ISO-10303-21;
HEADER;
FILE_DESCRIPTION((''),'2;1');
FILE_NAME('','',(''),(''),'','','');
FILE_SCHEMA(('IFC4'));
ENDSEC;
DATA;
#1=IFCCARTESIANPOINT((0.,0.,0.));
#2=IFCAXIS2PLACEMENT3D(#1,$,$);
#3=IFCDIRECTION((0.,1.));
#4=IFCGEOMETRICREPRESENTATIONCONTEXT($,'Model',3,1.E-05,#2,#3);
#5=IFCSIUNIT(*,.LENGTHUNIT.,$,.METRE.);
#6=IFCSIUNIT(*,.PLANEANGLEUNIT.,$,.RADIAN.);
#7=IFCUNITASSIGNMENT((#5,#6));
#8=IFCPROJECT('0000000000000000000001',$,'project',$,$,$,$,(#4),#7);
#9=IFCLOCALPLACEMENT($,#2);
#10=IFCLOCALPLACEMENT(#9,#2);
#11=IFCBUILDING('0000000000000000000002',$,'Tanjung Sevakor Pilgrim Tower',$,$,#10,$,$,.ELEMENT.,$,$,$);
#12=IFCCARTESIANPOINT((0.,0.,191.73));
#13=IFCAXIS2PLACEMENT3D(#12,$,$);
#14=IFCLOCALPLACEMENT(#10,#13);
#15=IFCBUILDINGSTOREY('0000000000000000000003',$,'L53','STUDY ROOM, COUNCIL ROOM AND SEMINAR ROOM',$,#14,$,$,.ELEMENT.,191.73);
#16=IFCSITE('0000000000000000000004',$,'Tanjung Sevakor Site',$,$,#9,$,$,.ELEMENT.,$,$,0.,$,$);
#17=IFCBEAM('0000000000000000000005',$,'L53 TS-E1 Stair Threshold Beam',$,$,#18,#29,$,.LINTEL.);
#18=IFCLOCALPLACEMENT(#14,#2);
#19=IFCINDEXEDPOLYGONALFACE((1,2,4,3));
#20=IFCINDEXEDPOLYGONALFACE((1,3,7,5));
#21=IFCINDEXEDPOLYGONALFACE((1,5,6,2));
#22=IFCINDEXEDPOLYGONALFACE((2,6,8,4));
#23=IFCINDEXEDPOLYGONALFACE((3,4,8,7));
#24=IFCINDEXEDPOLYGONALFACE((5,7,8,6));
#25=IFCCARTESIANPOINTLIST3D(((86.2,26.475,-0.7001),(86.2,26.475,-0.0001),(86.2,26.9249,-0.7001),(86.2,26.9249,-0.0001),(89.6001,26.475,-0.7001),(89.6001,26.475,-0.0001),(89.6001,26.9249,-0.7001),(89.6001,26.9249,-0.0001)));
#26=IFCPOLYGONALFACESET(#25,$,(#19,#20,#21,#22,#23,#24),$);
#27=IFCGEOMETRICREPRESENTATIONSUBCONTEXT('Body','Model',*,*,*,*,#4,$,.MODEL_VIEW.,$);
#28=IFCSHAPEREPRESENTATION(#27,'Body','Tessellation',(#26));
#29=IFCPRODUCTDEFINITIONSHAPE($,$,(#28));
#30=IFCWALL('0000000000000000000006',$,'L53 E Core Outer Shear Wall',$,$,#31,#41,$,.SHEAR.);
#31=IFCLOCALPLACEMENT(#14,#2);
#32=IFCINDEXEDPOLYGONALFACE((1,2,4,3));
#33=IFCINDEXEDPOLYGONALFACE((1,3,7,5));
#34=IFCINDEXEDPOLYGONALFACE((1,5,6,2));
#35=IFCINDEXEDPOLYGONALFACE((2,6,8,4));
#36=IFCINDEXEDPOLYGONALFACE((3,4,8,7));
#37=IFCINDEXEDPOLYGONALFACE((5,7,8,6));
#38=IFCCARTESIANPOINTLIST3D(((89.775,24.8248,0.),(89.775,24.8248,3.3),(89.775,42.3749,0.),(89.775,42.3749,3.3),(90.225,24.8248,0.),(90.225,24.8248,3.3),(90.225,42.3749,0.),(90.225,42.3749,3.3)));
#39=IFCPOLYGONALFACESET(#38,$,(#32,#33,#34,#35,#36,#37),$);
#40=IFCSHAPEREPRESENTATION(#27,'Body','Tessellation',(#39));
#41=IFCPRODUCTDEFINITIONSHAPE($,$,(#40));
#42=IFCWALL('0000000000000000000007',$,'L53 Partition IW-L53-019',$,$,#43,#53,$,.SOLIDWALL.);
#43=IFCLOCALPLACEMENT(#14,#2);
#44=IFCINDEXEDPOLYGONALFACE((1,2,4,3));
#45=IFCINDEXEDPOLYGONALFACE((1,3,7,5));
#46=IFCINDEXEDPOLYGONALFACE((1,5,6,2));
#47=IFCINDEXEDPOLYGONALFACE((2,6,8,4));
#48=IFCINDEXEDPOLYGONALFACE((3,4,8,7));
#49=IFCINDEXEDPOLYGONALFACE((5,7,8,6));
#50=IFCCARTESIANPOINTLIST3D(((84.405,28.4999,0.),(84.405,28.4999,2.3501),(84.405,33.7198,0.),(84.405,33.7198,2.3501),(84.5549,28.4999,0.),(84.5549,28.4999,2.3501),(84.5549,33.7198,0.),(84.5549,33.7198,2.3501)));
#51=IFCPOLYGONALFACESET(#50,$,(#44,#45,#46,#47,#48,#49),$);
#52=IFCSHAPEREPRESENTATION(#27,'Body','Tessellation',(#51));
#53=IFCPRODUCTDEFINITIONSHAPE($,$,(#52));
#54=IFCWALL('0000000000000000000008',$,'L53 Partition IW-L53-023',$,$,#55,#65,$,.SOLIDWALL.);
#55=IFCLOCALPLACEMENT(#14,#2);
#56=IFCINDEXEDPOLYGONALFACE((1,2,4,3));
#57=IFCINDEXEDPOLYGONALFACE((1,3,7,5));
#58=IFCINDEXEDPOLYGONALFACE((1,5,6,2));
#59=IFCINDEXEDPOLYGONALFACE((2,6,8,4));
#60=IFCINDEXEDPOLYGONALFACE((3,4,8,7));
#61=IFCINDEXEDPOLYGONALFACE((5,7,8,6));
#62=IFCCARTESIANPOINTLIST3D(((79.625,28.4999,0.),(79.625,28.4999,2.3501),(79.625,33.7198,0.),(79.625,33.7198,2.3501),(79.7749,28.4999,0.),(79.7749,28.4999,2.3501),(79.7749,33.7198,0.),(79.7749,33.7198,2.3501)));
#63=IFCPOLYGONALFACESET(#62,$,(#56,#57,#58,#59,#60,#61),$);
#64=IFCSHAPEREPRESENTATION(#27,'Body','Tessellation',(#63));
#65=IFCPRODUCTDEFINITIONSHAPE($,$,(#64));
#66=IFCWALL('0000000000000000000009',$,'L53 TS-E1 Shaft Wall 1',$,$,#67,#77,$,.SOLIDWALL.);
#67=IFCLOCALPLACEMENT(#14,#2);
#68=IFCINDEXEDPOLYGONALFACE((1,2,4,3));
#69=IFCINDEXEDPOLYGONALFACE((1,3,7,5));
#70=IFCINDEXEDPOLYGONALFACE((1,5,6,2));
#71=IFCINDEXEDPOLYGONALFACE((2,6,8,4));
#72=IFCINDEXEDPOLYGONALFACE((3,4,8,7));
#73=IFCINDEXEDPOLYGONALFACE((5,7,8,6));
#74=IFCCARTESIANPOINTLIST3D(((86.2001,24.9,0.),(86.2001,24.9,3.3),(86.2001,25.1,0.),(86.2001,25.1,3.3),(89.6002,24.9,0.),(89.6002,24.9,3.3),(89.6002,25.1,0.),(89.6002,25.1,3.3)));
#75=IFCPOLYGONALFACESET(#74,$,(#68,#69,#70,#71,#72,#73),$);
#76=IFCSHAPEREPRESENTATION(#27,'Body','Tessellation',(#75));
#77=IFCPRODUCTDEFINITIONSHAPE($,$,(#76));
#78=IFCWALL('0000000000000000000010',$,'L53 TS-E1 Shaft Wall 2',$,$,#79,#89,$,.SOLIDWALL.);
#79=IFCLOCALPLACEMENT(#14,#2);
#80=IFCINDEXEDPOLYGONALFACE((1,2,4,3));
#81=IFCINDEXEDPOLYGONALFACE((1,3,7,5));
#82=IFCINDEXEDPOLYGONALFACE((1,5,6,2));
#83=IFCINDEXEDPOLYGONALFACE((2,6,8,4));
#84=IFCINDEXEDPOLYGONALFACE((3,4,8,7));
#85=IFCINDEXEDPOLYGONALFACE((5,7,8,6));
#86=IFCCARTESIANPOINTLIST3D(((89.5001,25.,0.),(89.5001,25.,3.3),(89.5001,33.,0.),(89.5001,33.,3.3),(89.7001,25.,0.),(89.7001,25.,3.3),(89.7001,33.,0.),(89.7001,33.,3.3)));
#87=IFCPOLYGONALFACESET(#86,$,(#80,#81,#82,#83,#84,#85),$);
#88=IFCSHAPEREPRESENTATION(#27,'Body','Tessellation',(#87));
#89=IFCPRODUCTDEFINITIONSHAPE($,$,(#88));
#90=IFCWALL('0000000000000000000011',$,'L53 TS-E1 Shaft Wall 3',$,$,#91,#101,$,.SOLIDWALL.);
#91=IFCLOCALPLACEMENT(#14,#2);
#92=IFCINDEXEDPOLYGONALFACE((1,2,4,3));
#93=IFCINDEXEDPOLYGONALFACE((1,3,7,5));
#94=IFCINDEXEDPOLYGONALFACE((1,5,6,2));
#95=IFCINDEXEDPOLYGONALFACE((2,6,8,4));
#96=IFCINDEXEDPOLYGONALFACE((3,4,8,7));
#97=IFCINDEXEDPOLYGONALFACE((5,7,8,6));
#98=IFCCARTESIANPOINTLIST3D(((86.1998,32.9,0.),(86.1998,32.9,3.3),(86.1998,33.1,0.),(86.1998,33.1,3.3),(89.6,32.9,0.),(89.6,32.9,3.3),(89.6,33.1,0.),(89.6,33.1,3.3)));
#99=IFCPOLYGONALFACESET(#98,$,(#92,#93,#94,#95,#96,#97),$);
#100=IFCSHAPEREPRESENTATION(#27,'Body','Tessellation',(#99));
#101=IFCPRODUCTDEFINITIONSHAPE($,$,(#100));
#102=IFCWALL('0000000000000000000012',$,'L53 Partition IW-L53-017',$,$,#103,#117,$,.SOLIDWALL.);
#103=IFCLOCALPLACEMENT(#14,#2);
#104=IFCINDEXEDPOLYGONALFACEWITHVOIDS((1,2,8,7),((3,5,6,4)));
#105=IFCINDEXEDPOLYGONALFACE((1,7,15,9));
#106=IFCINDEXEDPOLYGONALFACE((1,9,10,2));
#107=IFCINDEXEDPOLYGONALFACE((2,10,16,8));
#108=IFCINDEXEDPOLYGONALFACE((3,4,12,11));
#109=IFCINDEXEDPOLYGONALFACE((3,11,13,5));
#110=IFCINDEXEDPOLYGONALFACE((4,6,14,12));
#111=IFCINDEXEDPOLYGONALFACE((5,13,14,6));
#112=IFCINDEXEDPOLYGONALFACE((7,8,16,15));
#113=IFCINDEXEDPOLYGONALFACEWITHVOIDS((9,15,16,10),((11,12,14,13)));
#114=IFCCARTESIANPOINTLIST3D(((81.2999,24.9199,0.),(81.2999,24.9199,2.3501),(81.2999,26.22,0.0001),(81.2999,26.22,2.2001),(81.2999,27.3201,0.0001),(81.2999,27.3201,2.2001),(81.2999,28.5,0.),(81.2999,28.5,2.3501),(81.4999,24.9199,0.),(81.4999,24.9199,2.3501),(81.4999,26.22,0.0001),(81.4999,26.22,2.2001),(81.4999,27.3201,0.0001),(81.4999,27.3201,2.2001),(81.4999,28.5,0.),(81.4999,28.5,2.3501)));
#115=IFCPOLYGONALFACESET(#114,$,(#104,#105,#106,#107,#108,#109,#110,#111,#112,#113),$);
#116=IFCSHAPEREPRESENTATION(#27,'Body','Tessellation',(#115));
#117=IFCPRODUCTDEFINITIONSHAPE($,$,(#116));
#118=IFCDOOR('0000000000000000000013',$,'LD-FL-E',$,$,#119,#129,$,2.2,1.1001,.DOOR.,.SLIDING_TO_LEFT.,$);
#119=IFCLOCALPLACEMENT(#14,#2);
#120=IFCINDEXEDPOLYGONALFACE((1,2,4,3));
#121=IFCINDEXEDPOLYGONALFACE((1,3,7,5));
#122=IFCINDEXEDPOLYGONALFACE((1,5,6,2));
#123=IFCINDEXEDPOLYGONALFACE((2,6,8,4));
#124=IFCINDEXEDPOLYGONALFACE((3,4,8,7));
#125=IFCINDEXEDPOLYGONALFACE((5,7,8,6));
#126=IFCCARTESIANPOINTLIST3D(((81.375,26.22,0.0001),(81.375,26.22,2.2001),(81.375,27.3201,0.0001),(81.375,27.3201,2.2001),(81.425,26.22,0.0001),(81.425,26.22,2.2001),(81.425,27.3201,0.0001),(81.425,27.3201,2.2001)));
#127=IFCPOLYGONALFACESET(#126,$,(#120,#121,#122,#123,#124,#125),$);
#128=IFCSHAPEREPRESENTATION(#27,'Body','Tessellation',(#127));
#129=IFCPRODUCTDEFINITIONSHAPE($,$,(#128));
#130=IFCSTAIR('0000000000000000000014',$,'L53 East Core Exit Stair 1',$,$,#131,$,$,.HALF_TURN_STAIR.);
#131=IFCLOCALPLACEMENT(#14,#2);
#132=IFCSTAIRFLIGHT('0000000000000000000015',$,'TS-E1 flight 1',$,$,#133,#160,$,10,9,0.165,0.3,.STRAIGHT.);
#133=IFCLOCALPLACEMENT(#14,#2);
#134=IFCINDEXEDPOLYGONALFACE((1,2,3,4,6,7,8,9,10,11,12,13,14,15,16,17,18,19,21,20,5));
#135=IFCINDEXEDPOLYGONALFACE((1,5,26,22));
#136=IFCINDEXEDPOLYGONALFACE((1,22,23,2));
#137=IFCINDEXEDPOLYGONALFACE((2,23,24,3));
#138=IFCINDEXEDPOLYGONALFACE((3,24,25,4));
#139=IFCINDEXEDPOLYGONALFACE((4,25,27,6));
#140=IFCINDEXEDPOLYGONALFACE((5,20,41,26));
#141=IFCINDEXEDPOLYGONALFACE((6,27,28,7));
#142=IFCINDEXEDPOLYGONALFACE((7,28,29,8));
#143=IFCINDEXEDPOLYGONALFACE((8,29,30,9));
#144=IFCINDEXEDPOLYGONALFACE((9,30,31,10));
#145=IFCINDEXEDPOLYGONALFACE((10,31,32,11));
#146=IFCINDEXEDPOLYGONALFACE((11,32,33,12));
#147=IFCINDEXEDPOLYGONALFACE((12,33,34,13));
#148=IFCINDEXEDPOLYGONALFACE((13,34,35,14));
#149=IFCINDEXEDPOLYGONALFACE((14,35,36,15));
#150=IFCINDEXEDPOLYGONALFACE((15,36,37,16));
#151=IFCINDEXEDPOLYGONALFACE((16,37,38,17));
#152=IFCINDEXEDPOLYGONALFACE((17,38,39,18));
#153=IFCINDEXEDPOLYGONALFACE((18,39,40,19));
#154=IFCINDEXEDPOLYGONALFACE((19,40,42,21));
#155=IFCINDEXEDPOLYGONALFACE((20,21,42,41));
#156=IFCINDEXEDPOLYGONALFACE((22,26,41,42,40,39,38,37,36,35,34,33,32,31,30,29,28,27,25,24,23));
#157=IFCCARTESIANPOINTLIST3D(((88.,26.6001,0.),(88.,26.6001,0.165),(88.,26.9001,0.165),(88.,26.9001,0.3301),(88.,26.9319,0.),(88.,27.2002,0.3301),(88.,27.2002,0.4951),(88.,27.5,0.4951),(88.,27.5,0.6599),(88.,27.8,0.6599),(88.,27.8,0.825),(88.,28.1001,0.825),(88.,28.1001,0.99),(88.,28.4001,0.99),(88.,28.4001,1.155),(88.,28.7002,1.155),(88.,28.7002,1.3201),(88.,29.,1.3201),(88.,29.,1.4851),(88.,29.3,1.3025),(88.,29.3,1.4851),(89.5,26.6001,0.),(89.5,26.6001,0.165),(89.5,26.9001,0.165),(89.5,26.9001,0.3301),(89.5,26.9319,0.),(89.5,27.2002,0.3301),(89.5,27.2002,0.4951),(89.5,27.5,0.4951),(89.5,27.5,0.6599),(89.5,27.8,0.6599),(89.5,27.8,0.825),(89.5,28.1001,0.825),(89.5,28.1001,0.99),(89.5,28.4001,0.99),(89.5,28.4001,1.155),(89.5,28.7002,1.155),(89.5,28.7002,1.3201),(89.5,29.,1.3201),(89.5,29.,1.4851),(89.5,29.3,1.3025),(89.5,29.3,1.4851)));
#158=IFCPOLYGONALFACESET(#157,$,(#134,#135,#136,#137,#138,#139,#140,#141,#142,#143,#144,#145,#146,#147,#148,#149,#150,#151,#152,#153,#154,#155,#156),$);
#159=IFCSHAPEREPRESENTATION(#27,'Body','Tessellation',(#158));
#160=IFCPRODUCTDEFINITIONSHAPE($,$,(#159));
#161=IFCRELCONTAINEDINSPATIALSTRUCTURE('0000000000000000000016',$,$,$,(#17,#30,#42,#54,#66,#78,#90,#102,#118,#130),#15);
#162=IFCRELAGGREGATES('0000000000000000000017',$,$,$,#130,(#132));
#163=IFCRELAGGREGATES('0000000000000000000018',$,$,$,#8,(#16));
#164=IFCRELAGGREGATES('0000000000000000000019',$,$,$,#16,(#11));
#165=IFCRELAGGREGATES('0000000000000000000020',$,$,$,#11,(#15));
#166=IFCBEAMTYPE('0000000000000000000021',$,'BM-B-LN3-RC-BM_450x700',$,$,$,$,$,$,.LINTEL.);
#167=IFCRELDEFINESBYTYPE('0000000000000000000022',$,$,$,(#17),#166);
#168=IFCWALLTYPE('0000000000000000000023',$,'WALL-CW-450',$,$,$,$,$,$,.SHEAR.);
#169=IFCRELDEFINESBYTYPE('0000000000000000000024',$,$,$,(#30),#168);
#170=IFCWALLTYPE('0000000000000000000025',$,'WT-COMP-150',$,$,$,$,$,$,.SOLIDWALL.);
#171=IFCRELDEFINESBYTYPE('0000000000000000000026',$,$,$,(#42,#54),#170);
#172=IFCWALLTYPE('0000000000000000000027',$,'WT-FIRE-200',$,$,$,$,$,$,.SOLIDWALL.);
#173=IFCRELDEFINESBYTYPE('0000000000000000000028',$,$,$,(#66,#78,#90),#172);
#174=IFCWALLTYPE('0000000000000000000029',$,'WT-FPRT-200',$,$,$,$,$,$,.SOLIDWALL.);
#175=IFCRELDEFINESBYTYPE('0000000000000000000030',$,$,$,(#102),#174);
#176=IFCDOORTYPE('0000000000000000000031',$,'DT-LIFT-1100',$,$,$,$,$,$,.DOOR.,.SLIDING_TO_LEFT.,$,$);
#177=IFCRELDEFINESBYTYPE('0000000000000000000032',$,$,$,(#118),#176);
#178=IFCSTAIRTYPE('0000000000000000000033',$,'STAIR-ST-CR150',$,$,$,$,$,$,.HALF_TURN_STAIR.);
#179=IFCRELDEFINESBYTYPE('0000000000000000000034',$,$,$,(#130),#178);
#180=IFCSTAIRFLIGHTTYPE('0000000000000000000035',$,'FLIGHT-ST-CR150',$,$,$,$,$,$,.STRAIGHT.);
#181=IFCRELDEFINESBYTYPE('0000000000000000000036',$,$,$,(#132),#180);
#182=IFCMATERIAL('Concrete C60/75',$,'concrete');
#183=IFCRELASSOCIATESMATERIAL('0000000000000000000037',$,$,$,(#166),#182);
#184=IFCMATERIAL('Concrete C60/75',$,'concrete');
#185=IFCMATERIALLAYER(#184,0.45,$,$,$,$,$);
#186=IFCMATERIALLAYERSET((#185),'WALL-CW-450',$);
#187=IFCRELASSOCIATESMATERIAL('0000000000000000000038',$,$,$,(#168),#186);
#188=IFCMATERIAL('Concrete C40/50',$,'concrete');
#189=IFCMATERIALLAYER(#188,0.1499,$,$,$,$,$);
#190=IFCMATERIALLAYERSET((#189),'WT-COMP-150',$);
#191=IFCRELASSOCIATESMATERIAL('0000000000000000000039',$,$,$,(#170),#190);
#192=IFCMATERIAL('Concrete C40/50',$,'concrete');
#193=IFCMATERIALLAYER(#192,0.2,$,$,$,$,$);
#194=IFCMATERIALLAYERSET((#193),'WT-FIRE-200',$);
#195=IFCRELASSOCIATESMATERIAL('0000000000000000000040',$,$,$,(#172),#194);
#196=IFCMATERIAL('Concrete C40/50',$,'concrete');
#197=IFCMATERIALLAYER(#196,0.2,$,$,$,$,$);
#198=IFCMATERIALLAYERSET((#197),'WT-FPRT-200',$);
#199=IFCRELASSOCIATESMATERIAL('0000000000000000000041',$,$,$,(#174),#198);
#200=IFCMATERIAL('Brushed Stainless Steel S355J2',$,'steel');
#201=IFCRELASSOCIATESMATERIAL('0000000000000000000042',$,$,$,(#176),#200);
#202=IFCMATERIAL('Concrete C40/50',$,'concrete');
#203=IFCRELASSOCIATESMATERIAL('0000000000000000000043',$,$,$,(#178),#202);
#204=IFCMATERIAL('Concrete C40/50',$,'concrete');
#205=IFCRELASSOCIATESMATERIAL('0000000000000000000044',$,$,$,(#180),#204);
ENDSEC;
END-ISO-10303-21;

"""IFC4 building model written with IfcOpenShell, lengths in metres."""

from ifc_helpers import new_model, si_unit, direction, frame, frame_2d, origin, origin_2d, place, context, subcontext, project, spatial, polyline, rectangle, outline, extrude, material, layer, layer_set, material_profile, profile_set, type_object, element, fill, aggregate, save


model = new_model("IFC4")

# Units and contexts
model_context = context("Model", 3, precision=1e-05, world=origin(), true_north=direction((0.0, 1.0)))
body_context = subcontext(model_context, "Body", "Model", "MODEL_VIEW")
ifc_project = project(units=[si_unit("LENGTHUNIT", "METRE"), si_unit("PLANEANGLEUNIT", "RADIAN")], contexts=[model_context])

# Site, building, storey
site_placement = place(None, origin())
site = spatial("IfcSite", under=ifc_project, at=site_placement, Name="Tanjung Sevakor Site", CompositionType="ELEMENT", RefElevation=0.0)
building_placement = place(site_placement, origin())
building = spatial("IfcBuilding", under=site, at=building_placement, Name="Tanjung Sevakor Pilgrim Tower", CompositionType="ELEMENT")
storey_placement = place(building_placement, frame((0.0, 0.0, 191.73)))
storey = spatial("IfcBuildingStorey", under=building, at=storey_placement, Name="L53", Description="STUDY ROOM, COUNCIL ROOM AND SEMINAR ROOM", CompositionType="ELEMENT", Elevation=191.73)

# Beam
ifc_material_1 = material(Name="Concrete C60/75", Category="concrete")
ifc_material_profile = material_profile(ifc_material_1, rectangle(XDim=0.45, YDim=0.7, at=origin_2d()))
ifc_profile_set = profile_set([ifc_material_profile], Name="Concrete C60/75")
beam_type = type_object("IfcBeamType", Name="BM-B-LN3-RC-BM_450x700", PredefinedType="LINTEL", material=ifc_profile_set)
beam_placement = place(storey_placement, frame((86.2, 26.7, -0.3501), z_axis=(1.0, 0.0, 0.0), x_axis=(0.0, 1.0, 0.0)))
element("IfcBeam", 1, at=beam_placement, inside=storey, type_object=beam_type, Name="L53 TS-E1 Stair Threshold Beam", PredefinedType="LINTEL", context=body_context, shape_type="SweptSolid", body=[
    extrude(rectangle(XDim=0.45, YDim=0.7, at=origin_2d()), origin(), (0.0, 0.0, 1.0), 3.4001),
])

# Wall
ifc_material_2 = material(Name="Concrete C60/75", Category="concrete")
ifc_layer_1 = layer(ifc_material_2, 0.45)
ifc_layer_set_1 = layer_set([ifc_layer_1], Name="WALL-CW-450")
wall_type_1 = type_object("IfcWallType", Name="WALL-CW-450", PredefinedType="SHEAR", material=ifc_layer_set_1)
wall_1_placement = place(storey_placement, frame((90.0, 24.825, 0.0), z_axis=(0.0, 0.0, 1.0), x_axis=(0.0, 1.0, 0.0)))
element("IfcWall", 2, at=wall_1_placement, inside=storey, type_object=wall_type_1, Name="L53 E Core Outer Shear Wall", PredefinedType="SHEAR", context=body_context, shape_type="SweptSolid", body=[
    extrude(rectangle(XDim=17.55, YDim=0.45, at=frame_2d((8.7749, 0.0))), origin(), (0.0, 0.0, 1.0), 3.3),
])

# Wall
ifc_material_3 = material(Name="Concrete C40/50", Category="concrete")
ifc_layer_2 = layer(ifc_material_3, 0.1499)
ifc_layer_set_2 = layer_set([ifc_layer_2], Name="WT-COMP-150")
wall_type_2 = type_object("IfcWallType", Name="WT-COMP-150", PredefinedType="SOLIDWALL", material=ifc_layer_set_2)
wall_2_placement = place(storey_placement, frame((84.48, 28.5, 0.0), z_axis=(0.0, 0.0, 1.0), x_axis=(0.0, 1.0, 0.0)))
element("IfcWall", 3, at=wall_2_placement, inside=storey, type_object=wall_type_2, Name="L53 Partition IW-L53-019", PredefinedType="SOLIDWALL", context=body_context, shape_type="SweptSolid", body=[
    extrude(rectangle(XDim=5.22, YDim=0.1499, at=frame_2d((2.6099, 0.0))), origin(), (0.0, 0.0, 1.0), 2.3501),
])

# Wall
wall_3_placement = place(storey_placement, frame((79.7, 28.5, 0.0), z_axis=(0.0, 0.0, 1.0), x_axis=(0.0, 1.0, 0.0)))
element("IfcWall", 4, at=wall_3_placement, inside=storey, type_object=wall_type_2, Name="L53 Partition IW-L53-023", PredefinedType="SOLIDWALL", context=body_context, shape_type="SweptSolid", body=[
    extrude(rectangle(XDim=5.22, YDim=0.1499, at=frame_2d((2.6099, 0.0))), origin(), (0.0, 0.0, 1.0), 2.3501),
])

# Walls
ifc_material_4 = material(Name="Concrete C40/50", Category="concrete")
ifc_layer_3 = layer(ifc_material_4, 0.2)
ifc_layer_set_3 = layer_set([ifc_layer_3], Name="WT-FIRE-200")
wall_type_3 = type_object("IfcWallType", Name="WT-FIRE-200", PredefinedType="SOLIDWALL", material=ifc_layer_set_3)
wall_4_placement = place(storey_placement, frame((86.2, 25.0, 0.0), z_axis=(0.0, 0.0, 1.0), x_axis=(1.0, 0.0, 0.0)))
element("IfcWall", 5, at=wall_4_placement, inside=storey, type_object=wall_type_3, Name="L53 TS-E1 Shaft Wall 1", PredefinedType="SOLIDWALL", context=body_context, shape_type="SweptSolid", body=[
    extrude(rectangle(XDim=3.4001, YDim=0.2, at=frame_2d((1.7002, 0.0))), origin(), (0.0, 0.0, 1.0), 3.3),
])
wall_5_placement = place(storey_placement, frame((89.6001, 25.0, 0.0), z_axis=(0.0, 0.0, 1.0), x_axis=(0.0, 1.0, 0.0)))
element("IfcWall", 6, at=wall_5_placement, inside=storey, type_object=wall_type_3, Name="L53 TS-E1 Shaft Wall 2", PredefinedType="SOLIDWALL", context=body_context, shape_type="SweptSolid", body=[
    extrude(rectangle(XDim=8.0, YDim=0.2, at=frame_2d((4.0, 0.0))), origin(), (0.0, 0.0, 1.0), 3.3),
])
wall_6_placement = place(storey_placement, frame((89.6001, 33.0, 0.0), z_axis=(0.0, 0.0, 1.0), x_axis=(-1.0, 0.0, 0.0)))
element("IfcWall", 7, at=wall_6_placement, inside=storey, type_object=wall_type_3, Name="L53 TS-E1 Shaft Wall 3", PredefinedType="SOLIDWALL", context=body_context, shape_type="SweptSolid", body=[
    extrude(rectangle(XDim=3.4001, YDim=0.2, at=frame_2d((1.7002, 0.0))), origin(), (0.0, 0.0, 1.0), 3.3),
])

# Wall, opening, door
ifc_material_5 = material(Name="Concrete C40/50", Category="concrete")
ifc_layer_4 = layer(ifc_material_5, 0.2)
ifc_layer_set_4 = layer_set([ifc_layer_4], Name="WT-FPRT-200")
wall_type_4 = type_object("IfcWallType", Name="WT-FPRT-200", PredefinedType="SOLIDWALL", material=ifc_layer_set_4)
wall_7_placement = place(storey_placement, frame((81.3999, 24.9199, 0.0), z_axis=(0.0, 0.0, 1.0), x_axis=(0.0, 1.0, 0.0)))
wall_7 = element("IfcWall", 8, at=wall_7_placement, inside=storey, type_object=wall_type_4, Name="L53 Partition IW-L53-017", PredefinedType="SOLIDWALL", context=body_context, shape_type="SweptSolid", body=[
    extrude(rectangle(XDim=3.5801, YDim=0.2, at=frame_2d((1.79, 0.0))), origin(), (0.0, 0.0, 1.0), 2.3501),
])
opening_1_placement = place(wall_7_placement, frame((1.3, 0.0, 0.0)))
opening_1 = element("IfcOpeningElement", 9, at=opening_1_placement, cuts=wall_7, PredefinedType="OPENING", context=body_context, shape_type="SweptSolid", body=[
    extrude(rectangle(XDim=1.1001, YDim=2.2, at=frame_2d((0.55, 1.1001))), frame((0.0, 0.1099, 0.0), z_axis=(0.0, -1.0, 0.0), x_axis=(1.0, 0.0, 0.0)), (0.0, 0.0, 1.0), 0.22),
])
ifc_material_6 = material(Name="Brushed Stainless Steel S355J2", Category="steel")
door_type_1 = type_object("IfcDoorType", Name="DT-LIFT-1100", OperationType="SLIDING_TO_LEFT", PredefinedType="DOOR", material=ifc_material_6)
door_1_placement = place(opening_1_placement, origin())
door_1 = element("IfcDoor", 10, at=door_1_placement, inside=storey, type_object=door_type_1, Name="LD-FL-E", OperationType="SLIDING_TO_LEFT", OverallHeight=2.2, OverallWidth=1.1001, PredefinedType="DOOR", context=body_context, shape_type="SweptSolid", body=[
    extrude(rectangle(XDim=1.1001, YDim=2.2, at=frame_2d((0.55, 1.1001))), frame((0.0, 0.0249, 0.0), z_axis=(0.0, -1.0, 0.0), x_axis=(1.0, 0.0, 0.0)), (0.0, 0.0, 1.0), 0.05),
])
fill(opening_1, door_1)

# Stair, stair flight
ifc_material_7 = material(Name="Concrete C40/50", Category="concrete")
stair_type = type_object("IfcStairType", Name="STAIR-ST-CR150", PredefinedType="HALF_TURN_STAIR", material=ifc_material_7)
stair_placement = place(storey_placement, origin())
stair = element("IfcStair", 11, at=stair_placement, inside=storey, type_object=stair_type, Name="L53 East Core Exit Stair 1", PredefinedType="HALF_TURN_STAIR")
ifc_material_8 = material(Name="Concrete C40/50", Category="concrete")
stair_flight_type = type_object("IfcStairFlightType", Name="FLIGHT-ST-CR150", PredefinedType="STRAIGHT", material=ifc_material_8)
stair_flight_1_placement = place(storey_placement, frame((88.75, 26.6001, 0.0), z_axis=(0.0, 0.0, 1.0), x_axis=(0.0, 1.0, 0.0)))
stair_flight_1 = element("IfcStairFlight", 12, at=stair_flight_1_placement, type_object=stair_flight_type, Name="TS-E1 flight 1", NumberOfRisers=10, NumberOfTreads=9, PredefinedType="STRAIGHT", RiserHeight=0.165, TreadLength=0.3, context=body_context, shape_type="SweptSolid", body=[
    extrude(outline(polyline([(0.0, 0.0), (0.0, 0.165), (0.3, 0.165), (0.3, 0.3301), (0.6001, 0.3301), (0.6001, 0.4951), (0.8999, 0.4951), (0.8999, 0.6599), (1.2, 0.6599), (1.2, 0.825), (1.5, 0.825), (1.5, 0.99), (1.8, 0.99), (1.8, 1.155), (2.1001, 1.155), (2.1001, 1.3201), (2.3999, 1.3201), (2.3999, 1.4851), (2.7, 1.4851), (2.7, 1.6499), (2.7, 1.3025), (0.3318, 0.0), (0.0, 0.0)])), frame((0.0, 0.75, 0.0), z_axis=(0.0, -1.0, 0.0), x_axis=(1.0, 0.0, 0.0)), (0.0, 0.0, 1.0), 1.5),
])
aggregate(stair, [stair_flight_1])

save(model, "model.ifc")
